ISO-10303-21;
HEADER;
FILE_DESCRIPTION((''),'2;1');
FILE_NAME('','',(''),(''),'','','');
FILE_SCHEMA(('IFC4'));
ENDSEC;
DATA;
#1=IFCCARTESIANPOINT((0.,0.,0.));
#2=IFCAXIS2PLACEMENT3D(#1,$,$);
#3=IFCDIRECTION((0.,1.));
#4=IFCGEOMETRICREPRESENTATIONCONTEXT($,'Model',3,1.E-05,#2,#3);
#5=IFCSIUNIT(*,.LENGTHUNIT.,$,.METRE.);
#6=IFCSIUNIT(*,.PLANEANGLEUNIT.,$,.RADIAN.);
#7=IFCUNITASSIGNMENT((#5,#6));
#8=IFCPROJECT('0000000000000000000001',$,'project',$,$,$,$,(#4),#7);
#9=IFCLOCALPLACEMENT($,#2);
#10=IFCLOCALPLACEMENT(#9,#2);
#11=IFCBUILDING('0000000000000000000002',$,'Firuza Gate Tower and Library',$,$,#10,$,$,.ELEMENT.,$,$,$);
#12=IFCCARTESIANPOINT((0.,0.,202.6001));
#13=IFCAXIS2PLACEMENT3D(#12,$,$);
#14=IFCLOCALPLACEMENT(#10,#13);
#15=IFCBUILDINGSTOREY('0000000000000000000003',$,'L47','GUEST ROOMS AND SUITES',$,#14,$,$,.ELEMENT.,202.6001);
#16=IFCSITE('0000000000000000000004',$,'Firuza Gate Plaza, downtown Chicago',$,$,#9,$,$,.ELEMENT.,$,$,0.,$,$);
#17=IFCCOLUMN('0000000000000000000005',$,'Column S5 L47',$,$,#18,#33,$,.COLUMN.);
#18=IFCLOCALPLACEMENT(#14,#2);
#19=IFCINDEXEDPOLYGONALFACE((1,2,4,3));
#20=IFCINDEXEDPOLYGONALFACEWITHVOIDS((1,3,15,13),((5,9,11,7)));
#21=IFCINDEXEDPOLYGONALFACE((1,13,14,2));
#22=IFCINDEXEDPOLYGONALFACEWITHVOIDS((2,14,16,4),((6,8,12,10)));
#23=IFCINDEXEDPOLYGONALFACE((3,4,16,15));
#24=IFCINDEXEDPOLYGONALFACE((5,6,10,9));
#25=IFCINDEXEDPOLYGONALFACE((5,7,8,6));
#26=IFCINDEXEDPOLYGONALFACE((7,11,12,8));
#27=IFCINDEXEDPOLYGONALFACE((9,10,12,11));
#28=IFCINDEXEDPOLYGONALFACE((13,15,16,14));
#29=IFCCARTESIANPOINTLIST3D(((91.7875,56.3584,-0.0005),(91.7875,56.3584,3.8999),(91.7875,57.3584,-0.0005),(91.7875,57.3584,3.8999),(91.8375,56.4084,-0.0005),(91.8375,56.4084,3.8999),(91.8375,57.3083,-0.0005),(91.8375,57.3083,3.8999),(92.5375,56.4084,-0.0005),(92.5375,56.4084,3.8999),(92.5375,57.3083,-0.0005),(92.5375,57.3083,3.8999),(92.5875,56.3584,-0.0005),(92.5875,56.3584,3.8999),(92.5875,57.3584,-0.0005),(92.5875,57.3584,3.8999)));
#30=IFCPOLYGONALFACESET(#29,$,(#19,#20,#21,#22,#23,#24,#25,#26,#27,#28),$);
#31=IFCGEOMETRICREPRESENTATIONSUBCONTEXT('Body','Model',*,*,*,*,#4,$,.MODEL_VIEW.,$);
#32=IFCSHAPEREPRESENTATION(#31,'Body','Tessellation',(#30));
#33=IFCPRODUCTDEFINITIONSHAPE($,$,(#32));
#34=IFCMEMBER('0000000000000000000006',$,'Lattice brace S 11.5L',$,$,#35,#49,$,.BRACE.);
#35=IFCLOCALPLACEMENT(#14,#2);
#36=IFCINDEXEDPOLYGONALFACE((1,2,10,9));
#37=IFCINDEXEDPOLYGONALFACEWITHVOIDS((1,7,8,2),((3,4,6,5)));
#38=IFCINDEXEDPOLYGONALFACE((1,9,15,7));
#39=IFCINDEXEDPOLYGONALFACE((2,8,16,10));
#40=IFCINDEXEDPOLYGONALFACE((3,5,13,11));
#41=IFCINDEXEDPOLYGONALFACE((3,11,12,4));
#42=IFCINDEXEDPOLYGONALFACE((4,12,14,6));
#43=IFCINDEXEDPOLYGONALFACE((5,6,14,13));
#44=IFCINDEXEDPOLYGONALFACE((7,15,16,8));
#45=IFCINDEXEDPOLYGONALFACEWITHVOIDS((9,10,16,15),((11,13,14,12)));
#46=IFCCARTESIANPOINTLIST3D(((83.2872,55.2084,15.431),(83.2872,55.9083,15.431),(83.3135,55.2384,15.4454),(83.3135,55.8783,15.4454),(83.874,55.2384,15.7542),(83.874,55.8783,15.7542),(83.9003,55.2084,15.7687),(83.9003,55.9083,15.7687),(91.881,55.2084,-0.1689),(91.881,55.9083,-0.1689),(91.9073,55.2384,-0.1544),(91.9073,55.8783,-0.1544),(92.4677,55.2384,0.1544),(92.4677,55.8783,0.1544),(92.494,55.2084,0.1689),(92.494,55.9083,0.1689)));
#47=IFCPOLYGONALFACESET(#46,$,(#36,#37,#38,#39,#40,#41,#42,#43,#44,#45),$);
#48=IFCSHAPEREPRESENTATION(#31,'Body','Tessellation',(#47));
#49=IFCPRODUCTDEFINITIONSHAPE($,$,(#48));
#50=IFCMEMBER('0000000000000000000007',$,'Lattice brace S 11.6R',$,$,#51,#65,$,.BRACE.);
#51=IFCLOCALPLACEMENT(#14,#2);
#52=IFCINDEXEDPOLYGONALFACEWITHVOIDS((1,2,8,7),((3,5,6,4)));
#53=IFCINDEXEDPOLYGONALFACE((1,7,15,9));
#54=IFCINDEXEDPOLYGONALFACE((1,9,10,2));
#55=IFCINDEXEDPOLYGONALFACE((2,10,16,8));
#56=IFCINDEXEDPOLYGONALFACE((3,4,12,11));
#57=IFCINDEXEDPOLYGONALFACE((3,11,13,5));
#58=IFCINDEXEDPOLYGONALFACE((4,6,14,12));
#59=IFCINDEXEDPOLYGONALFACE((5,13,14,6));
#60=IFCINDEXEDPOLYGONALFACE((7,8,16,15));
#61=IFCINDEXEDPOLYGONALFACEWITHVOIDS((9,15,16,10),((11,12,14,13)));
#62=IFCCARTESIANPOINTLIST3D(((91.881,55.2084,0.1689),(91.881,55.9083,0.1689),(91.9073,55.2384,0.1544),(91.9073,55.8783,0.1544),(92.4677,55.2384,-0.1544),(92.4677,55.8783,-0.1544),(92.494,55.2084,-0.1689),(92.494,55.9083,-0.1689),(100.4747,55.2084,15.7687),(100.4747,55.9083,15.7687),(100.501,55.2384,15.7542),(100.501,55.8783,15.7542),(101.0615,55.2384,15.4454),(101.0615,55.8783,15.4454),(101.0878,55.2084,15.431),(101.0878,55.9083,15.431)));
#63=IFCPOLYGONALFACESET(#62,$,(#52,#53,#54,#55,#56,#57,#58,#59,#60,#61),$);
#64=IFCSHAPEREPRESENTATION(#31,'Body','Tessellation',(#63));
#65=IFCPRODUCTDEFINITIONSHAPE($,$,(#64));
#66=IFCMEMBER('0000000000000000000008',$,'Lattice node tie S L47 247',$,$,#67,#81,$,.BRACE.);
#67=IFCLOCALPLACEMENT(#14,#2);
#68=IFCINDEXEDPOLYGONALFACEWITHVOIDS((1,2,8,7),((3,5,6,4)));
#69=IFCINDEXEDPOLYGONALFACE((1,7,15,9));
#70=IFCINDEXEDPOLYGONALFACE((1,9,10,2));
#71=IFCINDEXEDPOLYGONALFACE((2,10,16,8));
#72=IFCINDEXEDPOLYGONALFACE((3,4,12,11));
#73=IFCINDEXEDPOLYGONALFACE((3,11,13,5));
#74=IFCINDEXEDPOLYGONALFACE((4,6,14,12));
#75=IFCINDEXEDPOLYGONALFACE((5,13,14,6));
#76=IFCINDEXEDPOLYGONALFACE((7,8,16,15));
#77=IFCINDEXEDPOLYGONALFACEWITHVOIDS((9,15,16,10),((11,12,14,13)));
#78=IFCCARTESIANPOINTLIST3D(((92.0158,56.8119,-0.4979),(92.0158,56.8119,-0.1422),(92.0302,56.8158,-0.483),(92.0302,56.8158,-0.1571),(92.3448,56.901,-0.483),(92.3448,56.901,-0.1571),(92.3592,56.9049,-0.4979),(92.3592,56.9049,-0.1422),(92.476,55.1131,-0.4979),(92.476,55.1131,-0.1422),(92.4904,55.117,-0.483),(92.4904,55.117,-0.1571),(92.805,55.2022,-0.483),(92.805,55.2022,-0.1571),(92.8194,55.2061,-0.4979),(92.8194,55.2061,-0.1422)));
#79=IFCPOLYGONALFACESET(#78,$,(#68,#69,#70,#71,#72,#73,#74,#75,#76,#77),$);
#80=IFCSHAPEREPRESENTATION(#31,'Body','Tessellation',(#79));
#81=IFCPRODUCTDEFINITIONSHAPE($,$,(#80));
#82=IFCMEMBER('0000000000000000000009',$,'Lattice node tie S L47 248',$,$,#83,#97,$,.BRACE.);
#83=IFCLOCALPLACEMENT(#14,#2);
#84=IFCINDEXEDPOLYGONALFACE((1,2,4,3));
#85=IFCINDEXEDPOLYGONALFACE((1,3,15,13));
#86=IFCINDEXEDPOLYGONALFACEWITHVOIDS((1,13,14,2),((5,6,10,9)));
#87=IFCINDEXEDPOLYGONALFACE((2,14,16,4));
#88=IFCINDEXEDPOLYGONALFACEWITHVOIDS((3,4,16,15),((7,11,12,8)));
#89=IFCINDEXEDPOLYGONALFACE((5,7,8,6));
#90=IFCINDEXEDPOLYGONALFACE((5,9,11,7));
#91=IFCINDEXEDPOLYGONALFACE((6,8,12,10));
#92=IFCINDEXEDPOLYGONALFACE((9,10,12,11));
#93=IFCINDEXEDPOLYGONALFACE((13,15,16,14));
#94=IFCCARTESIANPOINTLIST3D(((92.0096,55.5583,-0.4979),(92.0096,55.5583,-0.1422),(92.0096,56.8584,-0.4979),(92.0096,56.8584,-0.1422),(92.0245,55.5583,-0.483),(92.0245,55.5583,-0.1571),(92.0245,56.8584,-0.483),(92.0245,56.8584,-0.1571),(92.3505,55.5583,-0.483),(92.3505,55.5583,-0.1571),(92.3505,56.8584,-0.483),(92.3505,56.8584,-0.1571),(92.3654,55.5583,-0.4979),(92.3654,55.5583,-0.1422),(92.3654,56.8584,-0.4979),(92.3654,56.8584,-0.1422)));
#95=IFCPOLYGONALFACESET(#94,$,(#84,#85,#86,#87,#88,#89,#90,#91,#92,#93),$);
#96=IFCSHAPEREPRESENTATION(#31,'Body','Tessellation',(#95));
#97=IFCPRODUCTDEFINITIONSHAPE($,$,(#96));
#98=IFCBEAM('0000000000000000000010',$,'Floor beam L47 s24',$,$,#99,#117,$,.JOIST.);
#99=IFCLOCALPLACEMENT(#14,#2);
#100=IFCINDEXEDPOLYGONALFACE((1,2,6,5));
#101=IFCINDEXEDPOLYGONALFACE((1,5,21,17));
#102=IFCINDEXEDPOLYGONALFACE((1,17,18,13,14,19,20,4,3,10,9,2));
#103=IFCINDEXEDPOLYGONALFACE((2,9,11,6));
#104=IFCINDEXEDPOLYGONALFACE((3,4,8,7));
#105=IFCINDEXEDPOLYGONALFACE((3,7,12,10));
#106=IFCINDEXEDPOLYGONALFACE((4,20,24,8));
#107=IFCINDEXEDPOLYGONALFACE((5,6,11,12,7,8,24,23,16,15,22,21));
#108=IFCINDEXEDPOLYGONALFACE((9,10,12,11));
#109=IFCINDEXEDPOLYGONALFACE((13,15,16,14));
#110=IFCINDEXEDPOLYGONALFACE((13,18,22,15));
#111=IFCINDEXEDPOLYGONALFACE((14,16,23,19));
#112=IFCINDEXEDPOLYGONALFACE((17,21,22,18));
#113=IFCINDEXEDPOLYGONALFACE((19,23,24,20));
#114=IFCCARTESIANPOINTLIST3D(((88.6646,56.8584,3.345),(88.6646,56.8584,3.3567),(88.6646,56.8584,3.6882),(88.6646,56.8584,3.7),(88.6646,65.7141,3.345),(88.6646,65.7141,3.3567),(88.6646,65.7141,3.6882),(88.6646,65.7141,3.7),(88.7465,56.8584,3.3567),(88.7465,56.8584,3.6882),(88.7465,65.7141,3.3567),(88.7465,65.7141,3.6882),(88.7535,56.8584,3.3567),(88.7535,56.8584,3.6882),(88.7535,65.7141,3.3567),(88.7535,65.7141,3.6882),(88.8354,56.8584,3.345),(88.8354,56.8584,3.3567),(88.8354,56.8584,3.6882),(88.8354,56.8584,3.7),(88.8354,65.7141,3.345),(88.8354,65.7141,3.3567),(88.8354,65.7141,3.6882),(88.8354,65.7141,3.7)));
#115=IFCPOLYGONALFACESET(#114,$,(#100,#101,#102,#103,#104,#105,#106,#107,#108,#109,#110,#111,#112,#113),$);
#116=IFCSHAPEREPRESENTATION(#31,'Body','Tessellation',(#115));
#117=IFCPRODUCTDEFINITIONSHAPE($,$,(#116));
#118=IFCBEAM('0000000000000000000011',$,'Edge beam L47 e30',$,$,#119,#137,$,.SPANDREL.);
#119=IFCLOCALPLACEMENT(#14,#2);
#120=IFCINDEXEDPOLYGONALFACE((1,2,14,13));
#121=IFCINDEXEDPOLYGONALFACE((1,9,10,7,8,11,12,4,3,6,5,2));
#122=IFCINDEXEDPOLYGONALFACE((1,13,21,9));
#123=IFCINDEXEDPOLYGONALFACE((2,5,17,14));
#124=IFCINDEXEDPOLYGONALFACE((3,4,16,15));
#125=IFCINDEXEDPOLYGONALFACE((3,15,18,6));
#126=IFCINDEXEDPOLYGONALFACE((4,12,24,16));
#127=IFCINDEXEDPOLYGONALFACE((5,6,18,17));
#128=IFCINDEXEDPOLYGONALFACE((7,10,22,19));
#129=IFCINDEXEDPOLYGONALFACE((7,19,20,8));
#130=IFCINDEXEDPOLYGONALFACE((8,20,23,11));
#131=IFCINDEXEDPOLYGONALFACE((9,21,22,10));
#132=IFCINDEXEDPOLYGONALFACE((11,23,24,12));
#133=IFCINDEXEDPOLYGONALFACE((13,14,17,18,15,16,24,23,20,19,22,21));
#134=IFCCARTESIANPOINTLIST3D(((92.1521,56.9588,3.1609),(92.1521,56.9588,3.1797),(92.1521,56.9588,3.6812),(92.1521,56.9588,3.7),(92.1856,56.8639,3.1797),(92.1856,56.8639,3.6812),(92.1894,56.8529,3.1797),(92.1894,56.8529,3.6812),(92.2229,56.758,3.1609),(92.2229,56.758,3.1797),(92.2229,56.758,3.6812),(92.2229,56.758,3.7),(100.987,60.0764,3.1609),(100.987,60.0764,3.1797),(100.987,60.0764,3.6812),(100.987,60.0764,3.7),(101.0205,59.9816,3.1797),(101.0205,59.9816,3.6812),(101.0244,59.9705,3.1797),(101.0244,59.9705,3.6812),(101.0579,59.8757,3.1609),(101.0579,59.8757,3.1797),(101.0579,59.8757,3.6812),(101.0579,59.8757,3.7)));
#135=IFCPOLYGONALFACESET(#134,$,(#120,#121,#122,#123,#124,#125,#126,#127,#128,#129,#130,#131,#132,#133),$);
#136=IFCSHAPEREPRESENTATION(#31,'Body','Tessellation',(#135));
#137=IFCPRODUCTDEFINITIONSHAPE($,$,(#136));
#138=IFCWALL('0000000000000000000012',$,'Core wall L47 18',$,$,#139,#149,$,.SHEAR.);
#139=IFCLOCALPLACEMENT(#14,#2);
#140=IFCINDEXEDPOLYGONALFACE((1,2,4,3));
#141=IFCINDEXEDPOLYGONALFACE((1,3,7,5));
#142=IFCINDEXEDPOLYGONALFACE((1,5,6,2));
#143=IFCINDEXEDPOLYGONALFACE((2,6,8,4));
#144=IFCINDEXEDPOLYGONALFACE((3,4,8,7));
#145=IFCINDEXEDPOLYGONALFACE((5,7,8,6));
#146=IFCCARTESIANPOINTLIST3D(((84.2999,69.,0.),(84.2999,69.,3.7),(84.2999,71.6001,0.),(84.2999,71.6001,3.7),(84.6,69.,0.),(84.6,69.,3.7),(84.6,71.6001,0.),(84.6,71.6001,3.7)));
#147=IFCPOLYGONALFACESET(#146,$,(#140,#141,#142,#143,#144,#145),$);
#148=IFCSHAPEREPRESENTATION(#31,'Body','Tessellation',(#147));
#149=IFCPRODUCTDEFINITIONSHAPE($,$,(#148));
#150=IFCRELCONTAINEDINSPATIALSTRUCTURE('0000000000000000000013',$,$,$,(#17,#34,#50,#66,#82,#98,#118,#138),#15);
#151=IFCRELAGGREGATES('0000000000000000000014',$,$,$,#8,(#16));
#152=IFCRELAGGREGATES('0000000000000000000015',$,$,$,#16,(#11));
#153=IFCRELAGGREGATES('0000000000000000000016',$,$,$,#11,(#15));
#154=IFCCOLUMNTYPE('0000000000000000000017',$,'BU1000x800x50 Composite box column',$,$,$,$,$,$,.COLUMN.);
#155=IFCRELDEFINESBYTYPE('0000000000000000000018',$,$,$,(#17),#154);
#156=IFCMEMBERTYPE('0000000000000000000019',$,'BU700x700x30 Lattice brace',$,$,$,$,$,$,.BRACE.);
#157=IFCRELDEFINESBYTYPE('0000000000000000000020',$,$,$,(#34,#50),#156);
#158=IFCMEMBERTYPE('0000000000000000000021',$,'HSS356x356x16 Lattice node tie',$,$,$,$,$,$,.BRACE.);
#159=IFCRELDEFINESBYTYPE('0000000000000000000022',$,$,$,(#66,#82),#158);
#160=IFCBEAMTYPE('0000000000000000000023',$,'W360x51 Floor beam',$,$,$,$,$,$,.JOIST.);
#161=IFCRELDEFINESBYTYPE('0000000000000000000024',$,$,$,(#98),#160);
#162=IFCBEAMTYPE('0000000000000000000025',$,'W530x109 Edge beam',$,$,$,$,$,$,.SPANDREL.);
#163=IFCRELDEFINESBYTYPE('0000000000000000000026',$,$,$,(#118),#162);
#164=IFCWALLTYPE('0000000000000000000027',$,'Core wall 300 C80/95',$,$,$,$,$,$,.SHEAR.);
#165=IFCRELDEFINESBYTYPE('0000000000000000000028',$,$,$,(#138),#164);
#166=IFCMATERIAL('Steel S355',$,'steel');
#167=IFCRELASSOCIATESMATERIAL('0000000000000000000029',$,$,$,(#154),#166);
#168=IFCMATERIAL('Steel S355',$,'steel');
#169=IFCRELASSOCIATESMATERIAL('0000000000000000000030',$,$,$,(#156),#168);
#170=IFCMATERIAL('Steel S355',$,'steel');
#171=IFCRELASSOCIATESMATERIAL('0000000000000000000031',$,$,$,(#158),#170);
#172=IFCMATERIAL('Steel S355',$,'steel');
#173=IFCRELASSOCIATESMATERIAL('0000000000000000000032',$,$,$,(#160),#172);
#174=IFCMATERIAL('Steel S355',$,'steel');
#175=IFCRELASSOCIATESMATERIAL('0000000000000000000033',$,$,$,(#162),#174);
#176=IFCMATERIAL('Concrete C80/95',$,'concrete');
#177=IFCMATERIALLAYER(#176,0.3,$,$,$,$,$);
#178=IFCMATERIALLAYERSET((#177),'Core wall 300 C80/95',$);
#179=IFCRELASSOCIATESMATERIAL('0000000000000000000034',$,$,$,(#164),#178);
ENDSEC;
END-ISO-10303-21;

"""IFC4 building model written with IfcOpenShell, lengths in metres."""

from ifc_helpers import new_model, si_unit, direction, frame, frame_2d, origin, origin_2d, place, context, subcontext, project, spatial, rectangle, hollow_rectangle, i_section, extrude, material, layer, layer_set, material_profile, profile_set, type_object, element, save


model = new_model("IFC4")

# Units and contexts
model_context = context("Model", 3, precision=1e-05, world=origin(), true_north=direction((0.0, 1.0)))
body_context = subcontext(model_context, "Body", "Model", "MODEL_VIEW")
ifc_project = project(units=[si_unit("LENGTHUNIT", "METRE"), si_unit("PLANEANGLEUNIT", "RADIAN")], contexts=[model_context])

# Site, building, storey
site_placement = place(None, origin())
site = spatial("IfcSite", under=ifc_project, at=site_placement, Name="Firuza Gate Plaza, downtown Chicago", CompositionType="ELEMENT", RefElevation=0.0)
building_placement = place(site_placement, origin())
building = spatial("IfcBuilding", under=site, at=building_placement, Name="Firuza Gate Tower and Library", CompositionType="ELEMENT")
storey_placement = place(building_placement, frame((0.0, 0.0, 202.6001)))
storey = spatial("IfcBuildingStorey", under=building, at=storey_placement, Name="L47", Description="GUEST ROOMS AND SUITES", CompositionType="ELEMENT", Elevation=202.6001)

# Column
ifc_material_1 = material(Name="Steel S355", Category="steel")
ifc_material_profile_1 = material_profile(ifc_material_1, hollow_rectangle(XDim=0.8, YDim=1.0, WallThickness=0.05, at=origin_2d()))
ifc_profile_set_1 = profile_set([ifc_material_profile_1], Name="Steel S355")
column_type = type_object("IfcColumnType", Name="BU1000x800x50 Composite box column", PredefinedType="COLUMN", material=ifc_profile_set_1)
column_placement = place(storey_placement, frame((92.1875, 56.8584, -0.0005), z_axis=(0.0, 0.0, 1.0), x_axis=(1.0, 0.0, 0.0)))
element("IfcColumn", 1, at=column_placement, inside=storey, type_object=column_type, Name="Column S5 L47", PredefinedType="COLUMN", context=body_context, shape_type="SweptSolid", body=[
    extrude(hollow_rectangle(XDim=0.8, YDim=1.0, WallThickness=0.05, at=origin_2d()), origin(), (0.0, 0.0, 1.0), 3.9004),
])

# Members
ifc_material_2 = material(Name="Steel S355", Category="steel")
ifc_material_profile_2 = material_profile(ifc_material_2, hollow_rectangle(XDim=0.7, YDim=0.7, WallThickness=0.03, at=origin_2d()))
ifc_profile_set_2 = profile_set([ifc_material_profile_2], Name="Steel S355")
member_type_1 = type_object("IfcMemberType", Name="BU700x700x30 Lattice brace", PredefinedType="BRACE", material=ifc_profile_set_2)
for number, where, z_axis, x_axis, name in (
    (2, (92.1875, 55.5583, 0.0), (-0.482515, 0.0, 0.875888), (0.0, -1.0, 0.0), "Lattice brace S 11.5L"),
    (3, (92.1875, 55.5583, 0.0), (0.482515, 0.0, 0.875888), (0.0, 1.0, 0.0), "Lattice brace S 11.6R"),
):
    element("IfcMember", number, at=place(storey_placement, frame(where, z_axis=z_axis, x_axis=x_axis)), inside=storey, type_object=member_type_1, Name=name, PredefinedType="BRACE", context=body_context, shape_type="SweptSolid", body=[
        extrude(hollow_rectangle(XDim=0.7, YDim=0.7, WallThickness=0.03, at=origin_2d()), origin(), (0.0, 0.0, 1.0), 17.8103),
    ])
ifc_material_3 = material(Name="Steel S355", Category="steel")
ifc_material_profile_3 = material_profile(ifc_material_3, hollow_rectangle(XDim=0.3557, YDim=0.3557, WallThickness=0.0149, at=origin_2d()))
ifc_profile_set_3 = profile_set([ifc_material_profile_3], Name="Steel S355")
member_type_2 = type_object("IfcMemberType", Name="HSS356x356x16 Lattice node tie", PredefinedType="BRACE", material=ifc_profile_set_3)
member_1_placement = place(storey_placement, frame((92.1875, 56.8584, -0.3201), z_axis=(0.261485, -0.965207, 0.0), x_axis=(0.965207, 0.261485, 0.0)))
element("IfcMember", 4, at=member_1_placement, inside=storey, type_object=member_type_2, Name="Lattice node tie S L47 247", PredefinedType="BRACE", context=body_context, shape_type="SweptSolid", body=[
    extrude(hollow_rectangle(XDim=0.3557, YDim=0.3557, WallThickness=0.0149, at=origin_2d()), origin(), (0.0, 0.0, 1.0), 1.76),
])
member_2_placement = place(storey_placement, frame((92.1875, 56.8584, -0.3201), z_axis=(0.0, -1.0, 0.0), x_axis=(1.0, 0.0, 0.0)))
element("IfcMember", 5, at=member_2_placement, inside=storey, type_object=member_type_2, Name="Lattice node tie S L47 248", PredefinedType="BRACE", context=body_context, shape_type="SweptSolid", body=[
    extrude(hollow_rectangle(XDim=0.3557, YDim=0.3557, WallThickness=0.0149, at=origin_2d()), origin(), (0.0, 0.0, 1.0), 1.3),
])

# Beams
ifc_material_4 = material(Name="Steel S355", Category="steel")
ifc_material_profile_4 = material_profile(ifc_material_4, i_section(OverallWidth=0.1709, OverallDepth=0.355, WebThickness=0.0071, FlangeThickness=0.0117, at=origin_2d()))
ifc_profile_set_4 = profile_set([ifc_material_profile_4], Name="Steel S355")
beam_type_1 = type_object("IfcBeamType", Name="W360x51 Floor beam", PredefinedType="JOIST", material=ifc_profile_set_4)
beam_1_placement = place(storey_placement, frame((88.75, 56.8584, 3.5225), z_axis=(0.0, 1.0, 0.0), x_axis=(-1.0, 0.0, 0.0)))
element("IfcBeam", 6, at=beam_1_placement, inside=storey, type_object=beam_type_1, Name="Floor beam L47 s24", PredefinedType="JOIST", context=body_context, shape_type="SweptSolid", body=[
    extrude(i_section(OverallWidth=0.1709, OverallDepth=0.355, WebThickness=0.0071, FlangeThickness=0.0117, at=origin_2d()), origin(), (0.0, 0.0, 1.0), 8.8557),
])
ifc_material_5 = material(Name="Steel S355", Category="steel")
ifc_material_profile_5 = material_profile(ifc_material_5, i_section(OverallWidth=0.2129, OverallDepth=0.5391, WebThickness=0.0117, FlangeThickness=0.0188, at=origin_2d()))
ifc_profile_set_5 = profile_set([ifc_material_profile_5], Name="Steel S355")
beam_type_2 = type_object("IfcBeamType", Name="W530x109 Edge beam", PredefinedType="SPANDREL", material=ifc_profile_set_5)
beam_2_placement = place(storey_placement, frame((92.1875, 56.8584, 3.4304), z_axis=(0.943009, 0.332768, 0.0), x_axis=(-0.332768, 0.943009, 0.0)))
element("IfcBeam", 7, at=beam_2_placement, inside=storey, type_object=beam_type_2, Name="Edge beam L47 e30", PredefinedType="SPANDREL", context=body_context, shape_type="SweptSolid", body=[
    extrude(i_section(OverallWidth=0.2129, OverallDepth=0.5391, WebThickness=0.0117, FlangeThickness=0.0188, at=origin_2d()), origin(), (0.0, 0.0, 1.0), 9.3689),
])

# Wall
ifc_material_6 = material(Name="Concrete C80/95", Category="concrete")
ifc_layer_1 = layer(ifc_material_6, 0.3)
ifc_layer_set_1 = layer_set([ifc_layer_1], Name="Core wall 300 C80/95")
wall_type_1 = type_object("IfcWallType", Name="Core wall 300 C80/95", PredefinedType="SHEAR", material=ifc_layer_set_1)
wall_1_placement = place(storey_placement, frame((84.45, 69.0, 0.0), z_axis=(0.0, 0.0, 1.0), x_axis=(0.0, 1.0, 0.0)))
element("IfcWall", 8, at=wall_1_placement, inside=storey, type_object=wall_type_1, Name="Core wall L47 18", PredefinedType="SHEAR", context=body_context, shape_type="SweptSolid", body=[
    extrude(rectangle(XDim=2.6001, YDim=0.3, at=frame_2d((1.3, 0.0))), origin(), (0.0, 0.0, 1.0), 3.7),
])

save(model, "model.ifc")
